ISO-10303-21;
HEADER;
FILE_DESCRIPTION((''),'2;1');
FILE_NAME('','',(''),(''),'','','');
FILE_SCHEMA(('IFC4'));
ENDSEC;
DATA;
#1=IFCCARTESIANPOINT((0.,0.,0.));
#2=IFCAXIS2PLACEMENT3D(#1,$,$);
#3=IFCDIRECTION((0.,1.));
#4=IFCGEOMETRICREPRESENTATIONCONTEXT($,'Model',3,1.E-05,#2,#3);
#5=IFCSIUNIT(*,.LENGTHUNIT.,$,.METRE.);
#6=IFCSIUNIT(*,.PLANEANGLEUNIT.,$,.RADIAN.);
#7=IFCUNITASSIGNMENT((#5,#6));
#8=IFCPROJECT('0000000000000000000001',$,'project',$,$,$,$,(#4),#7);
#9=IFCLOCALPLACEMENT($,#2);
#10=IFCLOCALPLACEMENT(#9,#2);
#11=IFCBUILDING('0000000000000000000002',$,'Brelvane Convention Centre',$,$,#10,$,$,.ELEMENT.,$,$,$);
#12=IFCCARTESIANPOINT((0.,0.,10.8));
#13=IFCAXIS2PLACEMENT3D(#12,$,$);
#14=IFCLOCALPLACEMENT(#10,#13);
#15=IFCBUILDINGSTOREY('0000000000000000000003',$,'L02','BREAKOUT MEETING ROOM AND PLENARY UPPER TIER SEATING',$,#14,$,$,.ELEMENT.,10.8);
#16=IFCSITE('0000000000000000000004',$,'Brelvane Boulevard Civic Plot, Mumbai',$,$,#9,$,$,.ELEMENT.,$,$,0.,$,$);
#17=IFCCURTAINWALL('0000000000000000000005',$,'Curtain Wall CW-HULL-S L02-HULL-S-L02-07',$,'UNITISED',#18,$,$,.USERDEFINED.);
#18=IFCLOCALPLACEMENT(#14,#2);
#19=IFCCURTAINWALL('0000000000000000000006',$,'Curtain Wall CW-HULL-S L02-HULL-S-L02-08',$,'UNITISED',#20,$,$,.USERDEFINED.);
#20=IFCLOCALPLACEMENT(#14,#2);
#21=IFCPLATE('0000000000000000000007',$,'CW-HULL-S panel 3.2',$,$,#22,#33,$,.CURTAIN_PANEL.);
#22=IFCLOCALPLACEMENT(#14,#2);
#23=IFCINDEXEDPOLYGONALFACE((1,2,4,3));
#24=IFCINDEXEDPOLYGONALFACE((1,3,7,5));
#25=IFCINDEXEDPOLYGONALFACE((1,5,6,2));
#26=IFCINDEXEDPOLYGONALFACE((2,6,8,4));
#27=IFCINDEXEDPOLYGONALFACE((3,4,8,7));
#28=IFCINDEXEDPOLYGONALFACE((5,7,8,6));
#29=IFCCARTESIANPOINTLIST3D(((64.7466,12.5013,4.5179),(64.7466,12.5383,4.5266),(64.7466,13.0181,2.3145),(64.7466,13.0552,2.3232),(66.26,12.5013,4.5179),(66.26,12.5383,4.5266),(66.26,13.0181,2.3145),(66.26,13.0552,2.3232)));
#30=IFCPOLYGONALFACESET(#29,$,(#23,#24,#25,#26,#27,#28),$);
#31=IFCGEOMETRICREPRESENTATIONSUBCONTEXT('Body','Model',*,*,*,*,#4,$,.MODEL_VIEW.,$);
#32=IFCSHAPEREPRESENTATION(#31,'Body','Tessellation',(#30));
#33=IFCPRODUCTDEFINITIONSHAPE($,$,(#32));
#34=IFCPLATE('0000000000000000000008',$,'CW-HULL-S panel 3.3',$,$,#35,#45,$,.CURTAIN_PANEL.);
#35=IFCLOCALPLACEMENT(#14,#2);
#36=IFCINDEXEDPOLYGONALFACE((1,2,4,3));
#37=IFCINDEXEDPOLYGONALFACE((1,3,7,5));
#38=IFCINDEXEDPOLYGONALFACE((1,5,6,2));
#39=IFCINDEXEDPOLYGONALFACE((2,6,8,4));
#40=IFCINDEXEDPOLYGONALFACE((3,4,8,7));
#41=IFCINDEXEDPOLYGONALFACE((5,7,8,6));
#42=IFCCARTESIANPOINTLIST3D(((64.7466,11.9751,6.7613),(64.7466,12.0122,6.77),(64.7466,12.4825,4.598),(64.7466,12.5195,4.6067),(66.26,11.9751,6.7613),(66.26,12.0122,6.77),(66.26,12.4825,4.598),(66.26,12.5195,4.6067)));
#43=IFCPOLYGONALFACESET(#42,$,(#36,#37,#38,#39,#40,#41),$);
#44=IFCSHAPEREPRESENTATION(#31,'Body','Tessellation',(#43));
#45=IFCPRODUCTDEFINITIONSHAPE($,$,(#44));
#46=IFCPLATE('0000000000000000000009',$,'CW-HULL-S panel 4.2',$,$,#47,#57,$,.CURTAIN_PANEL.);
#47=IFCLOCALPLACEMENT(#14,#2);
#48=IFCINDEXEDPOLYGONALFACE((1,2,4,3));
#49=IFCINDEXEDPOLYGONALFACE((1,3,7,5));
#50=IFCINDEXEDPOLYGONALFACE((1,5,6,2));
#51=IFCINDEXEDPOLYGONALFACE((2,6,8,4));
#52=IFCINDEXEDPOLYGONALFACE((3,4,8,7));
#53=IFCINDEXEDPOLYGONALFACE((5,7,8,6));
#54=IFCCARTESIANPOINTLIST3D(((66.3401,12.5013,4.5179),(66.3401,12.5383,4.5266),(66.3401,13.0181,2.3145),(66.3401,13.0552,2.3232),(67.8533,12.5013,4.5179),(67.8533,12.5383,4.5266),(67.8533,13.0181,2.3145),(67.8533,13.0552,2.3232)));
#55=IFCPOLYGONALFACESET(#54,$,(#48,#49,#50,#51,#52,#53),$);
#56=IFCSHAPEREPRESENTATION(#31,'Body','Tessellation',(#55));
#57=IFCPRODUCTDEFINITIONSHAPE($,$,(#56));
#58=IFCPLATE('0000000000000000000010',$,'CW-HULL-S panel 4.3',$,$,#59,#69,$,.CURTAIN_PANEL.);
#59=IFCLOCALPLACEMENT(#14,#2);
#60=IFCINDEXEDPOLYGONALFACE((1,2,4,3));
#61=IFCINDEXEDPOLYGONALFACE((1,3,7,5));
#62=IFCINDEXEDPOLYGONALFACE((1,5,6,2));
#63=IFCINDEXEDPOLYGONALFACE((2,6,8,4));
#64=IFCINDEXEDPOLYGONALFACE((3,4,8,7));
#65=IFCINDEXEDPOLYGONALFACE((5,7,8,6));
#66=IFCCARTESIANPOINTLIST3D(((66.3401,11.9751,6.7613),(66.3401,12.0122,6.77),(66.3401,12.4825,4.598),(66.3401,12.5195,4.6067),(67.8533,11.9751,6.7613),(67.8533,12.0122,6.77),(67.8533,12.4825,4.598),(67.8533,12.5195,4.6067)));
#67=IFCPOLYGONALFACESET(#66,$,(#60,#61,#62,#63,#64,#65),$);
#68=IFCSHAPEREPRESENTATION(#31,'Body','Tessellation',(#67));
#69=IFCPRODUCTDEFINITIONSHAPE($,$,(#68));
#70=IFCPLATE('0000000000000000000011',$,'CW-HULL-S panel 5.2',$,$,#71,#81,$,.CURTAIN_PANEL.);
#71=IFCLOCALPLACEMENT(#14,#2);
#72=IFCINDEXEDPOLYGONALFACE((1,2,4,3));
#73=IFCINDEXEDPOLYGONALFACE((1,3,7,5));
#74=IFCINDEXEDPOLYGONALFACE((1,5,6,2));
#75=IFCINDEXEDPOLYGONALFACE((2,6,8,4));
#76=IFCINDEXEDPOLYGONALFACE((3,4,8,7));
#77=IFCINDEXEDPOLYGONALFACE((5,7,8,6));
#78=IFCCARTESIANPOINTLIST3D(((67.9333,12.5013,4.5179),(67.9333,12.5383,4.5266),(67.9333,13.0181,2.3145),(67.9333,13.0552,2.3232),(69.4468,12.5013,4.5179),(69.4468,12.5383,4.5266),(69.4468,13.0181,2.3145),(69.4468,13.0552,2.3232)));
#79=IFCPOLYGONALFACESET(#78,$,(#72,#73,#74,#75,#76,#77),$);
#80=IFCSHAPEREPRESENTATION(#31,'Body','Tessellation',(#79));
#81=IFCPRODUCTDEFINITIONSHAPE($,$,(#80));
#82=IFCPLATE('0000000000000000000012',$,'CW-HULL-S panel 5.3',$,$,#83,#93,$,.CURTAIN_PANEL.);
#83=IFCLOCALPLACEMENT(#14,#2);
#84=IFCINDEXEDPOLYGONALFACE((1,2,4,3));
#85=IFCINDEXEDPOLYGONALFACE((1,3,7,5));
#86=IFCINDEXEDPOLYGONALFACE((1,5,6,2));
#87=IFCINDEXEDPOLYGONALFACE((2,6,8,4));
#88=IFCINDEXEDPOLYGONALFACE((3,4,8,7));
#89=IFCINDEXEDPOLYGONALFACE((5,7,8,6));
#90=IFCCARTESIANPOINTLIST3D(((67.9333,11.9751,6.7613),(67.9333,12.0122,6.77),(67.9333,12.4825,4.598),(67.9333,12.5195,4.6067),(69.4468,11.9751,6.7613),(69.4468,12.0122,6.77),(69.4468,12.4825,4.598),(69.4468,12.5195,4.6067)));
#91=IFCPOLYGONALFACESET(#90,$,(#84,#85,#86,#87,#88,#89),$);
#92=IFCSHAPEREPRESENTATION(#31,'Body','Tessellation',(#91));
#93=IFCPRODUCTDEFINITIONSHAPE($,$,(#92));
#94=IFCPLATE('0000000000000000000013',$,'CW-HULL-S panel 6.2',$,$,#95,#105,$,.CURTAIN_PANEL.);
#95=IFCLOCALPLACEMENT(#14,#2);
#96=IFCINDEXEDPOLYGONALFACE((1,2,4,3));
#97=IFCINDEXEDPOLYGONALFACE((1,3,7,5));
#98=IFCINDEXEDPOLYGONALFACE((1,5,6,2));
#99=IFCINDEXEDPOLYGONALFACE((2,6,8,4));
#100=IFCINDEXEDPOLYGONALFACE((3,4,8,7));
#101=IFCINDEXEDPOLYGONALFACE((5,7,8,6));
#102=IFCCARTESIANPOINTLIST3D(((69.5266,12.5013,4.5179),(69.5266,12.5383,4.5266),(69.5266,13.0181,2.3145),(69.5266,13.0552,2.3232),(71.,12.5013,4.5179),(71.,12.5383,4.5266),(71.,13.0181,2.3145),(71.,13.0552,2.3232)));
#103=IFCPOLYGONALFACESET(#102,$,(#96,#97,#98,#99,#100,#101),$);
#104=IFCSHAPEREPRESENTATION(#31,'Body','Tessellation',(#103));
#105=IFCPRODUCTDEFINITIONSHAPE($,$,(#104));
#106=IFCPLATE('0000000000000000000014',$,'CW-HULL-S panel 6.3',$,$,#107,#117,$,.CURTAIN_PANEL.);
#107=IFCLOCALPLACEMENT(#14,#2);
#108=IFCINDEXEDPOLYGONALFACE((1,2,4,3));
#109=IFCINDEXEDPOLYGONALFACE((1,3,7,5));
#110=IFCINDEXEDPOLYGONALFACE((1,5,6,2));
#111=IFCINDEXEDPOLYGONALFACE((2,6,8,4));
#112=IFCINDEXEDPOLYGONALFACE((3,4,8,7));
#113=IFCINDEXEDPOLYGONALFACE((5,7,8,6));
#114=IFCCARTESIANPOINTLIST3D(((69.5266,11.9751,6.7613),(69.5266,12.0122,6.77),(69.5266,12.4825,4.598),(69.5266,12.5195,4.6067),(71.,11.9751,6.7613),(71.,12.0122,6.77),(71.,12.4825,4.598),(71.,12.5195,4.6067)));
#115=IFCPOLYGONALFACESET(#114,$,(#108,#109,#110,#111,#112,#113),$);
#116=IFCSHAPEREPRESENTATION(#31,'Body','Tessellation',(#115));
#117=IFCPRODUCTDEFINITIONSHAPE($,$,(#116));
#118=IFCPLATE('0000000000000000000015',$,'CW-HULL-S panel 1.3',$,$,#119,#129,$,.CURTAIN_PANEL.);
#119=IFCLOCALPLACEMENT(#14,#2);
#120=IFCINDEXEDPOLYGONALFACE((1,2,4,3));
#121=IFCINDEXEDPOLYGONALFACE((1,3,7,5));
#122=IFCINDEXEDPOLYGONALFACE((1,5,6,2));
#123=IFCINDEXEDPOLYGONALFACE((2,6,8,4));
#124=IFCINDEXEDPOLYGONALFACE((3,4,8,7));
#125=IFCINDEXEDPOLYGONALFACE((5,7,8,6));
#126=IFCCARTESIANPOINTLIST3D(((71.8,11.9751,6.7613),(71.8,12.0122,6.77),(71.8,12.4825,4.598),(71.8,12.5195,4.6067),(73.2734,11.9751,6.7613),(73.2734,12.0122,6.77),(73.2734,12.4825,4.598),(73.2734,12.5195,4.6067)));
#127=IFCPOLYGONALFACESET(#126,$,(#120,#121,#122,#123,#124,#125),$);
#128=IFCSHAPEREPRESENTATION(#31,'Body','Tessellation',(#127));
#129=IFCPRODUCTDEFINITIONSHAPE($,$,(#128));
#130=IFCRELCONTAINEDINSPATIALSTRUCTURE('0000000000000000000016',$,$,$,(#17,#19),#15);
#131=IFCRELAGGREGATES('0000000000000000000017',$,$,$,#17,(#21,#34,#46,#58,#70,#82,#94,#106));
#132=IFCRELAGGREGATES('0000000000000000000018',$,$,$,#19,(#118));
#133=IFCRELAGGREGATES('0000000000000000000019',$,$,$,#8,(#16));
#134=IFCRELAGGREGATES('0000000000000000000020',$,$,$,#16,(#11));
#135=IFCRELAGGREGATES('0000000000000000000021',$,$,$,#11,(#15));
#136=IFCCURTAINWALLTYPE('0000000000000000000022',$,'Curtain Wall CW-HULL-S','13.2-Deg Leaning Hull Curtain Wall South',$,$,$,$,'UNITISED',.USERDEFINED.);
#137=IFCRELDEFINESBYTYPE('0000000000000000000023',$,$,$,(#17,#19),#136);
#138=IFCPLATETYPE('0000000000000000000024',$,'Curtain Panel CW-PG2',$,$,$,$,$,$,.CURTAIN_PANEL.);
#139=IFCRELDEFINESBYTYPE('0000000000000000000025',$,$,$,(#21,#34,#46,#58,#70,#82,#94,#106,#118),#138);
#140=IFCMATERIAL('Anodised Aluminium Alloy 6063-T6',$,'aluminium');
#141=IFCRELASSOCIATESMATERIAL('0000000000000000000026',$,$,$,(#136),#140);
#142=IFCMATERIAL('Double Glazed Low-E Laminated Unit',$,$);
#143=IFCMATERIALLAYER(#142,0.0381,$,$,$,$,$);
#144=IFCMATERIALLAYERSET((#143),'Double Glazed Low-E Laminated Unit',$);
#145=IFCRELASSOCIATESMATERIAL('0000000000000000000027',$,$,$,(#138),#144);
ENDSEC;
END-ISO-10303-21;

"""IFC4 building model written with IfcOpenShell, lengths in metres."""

from ifc_helpers import new_model, si_unit, direction, frame, origin, place, context, subcontext, project, spatial, polyline, outline, extrude, material, layer, layer_set, type_object, element, aggregate, save


model = new_model("IFC4")

# Units and contexts
model_context = context("Model", 3, precision=1e-05, world=origin(), true_north=direction((0.0, 1.0)))
body_context = subcontext(model_context, "Body", "Model", "MODEL_VIEW")
ifc_project = project(units=[si_unit("LENGTHUNIT", "METRE"), si_unit("PLANEANGLEUNIT", "RADIAN")], contexts=[model_context])

# Site, building, storey
site_placement = place(None, origin())
site = spatial("IfcSite", under=ifc_project, at=site_placement, Name="Brelvane Boulevard Civic Plot, Mumbai", CompositionType="ELEMENT", RefElevation=0.0)
building_placement = place(site_placement, origin())
building = spatial("IfcBuilding", under=site, at=building_placement, Name="Brelvane Convention Centre", CompositionType="ELEMENT")
storey_placement = place(building_placement, frame((0.0, 0.0, 10.8)))
storey = spatial("IfcBuildingStorey", under=building, at=storey_placement, Name="L02", Description="BREAKOUT MEETING ROOM AND PLENARY UPPER TIER SEATING", CompositionType="ELEMENT", Elevation=10.8)

# Curtain walls
ifc_material_1 = material(Name="Anodised Aluminium Alloy 6063-T6", Category="aluminium")
curtain_wall_type = type_object("IfcCurtainWallType", Name="Curtain Wall CW-HULL-S", Description="13.2-Deg Leaning Hull Curtain Wall South", ElementType="UNITISED", PredefinedType="USERDEFINED", material=ifc_material_1)
curtain_wall_1_placement = place(storey_placement, origin())
curtain_wall_1 = element("IfcCurtainWall", 1, at=curtain_wall_1_placement, inside=storey, type_object=curtain_wall_type, Name="Curtain Wall CW-HULL-S L02-HULL-S-L02-07", ObjectType="UNITISED", PredefinedType="USERDEFINED")
curtain_wall_2_placement = place(storey_placement, origin())
curtain_wall_2 = element("IfcCurtainWall", 2, at=curtain_wall_2_placement, inside=storey, type_object=curtain_wall_type, Name="Curtain Wall CW-HULL-S L02-HULL-S-L02-08", ObjectType="UNITISED", PredefinedType="USERDEFINED")

# Plates
ifc_material_2 = material(Name="Double Glazed Low-E Laminated Unit")
ifc_layer = layer(ifc_material_2, 0.0381)
ifc_layer_set = layer_set([ifc_layer], Name="Double Glazed Low-E Laminated Unit")
plate_type = type_object("IfcPlateType", Name="Curtain Panel CW-PG2", PredefinedType="CURTAIN_PANEL", material=ifc_layer_set)
plate_1_placement = place(storey_placement, frame((64.7466, 13.0552, 2.3232), z_axis=(0.0, 0.973574, 0.228372), x_axis=(1.0, 0.0, 0.0)))
plate_1 = element("IfcPlate", 3, at=plate_1_placement, type_object=plate_type, Name="CW-HULL-S panel 3.2", PredefinedType="CURTAIN_PANEL", context=body_context, shape_type="SweptSolid", body=[
    extrude(outline(polyline([(0.0, 0.0), (1.5134, 0.0), (1.5134, -2.2632), (0.0, -2.2632), (0.0, 0.0)])), origin(), (0.0, 0.0, -1.0), 0.0381),
])
plate_2_placement = place(storey_placement, frame((64.7466, 12.5195, 4.6067), z_axis=(0.0, 0.973587, 0.228317), x_axis=(1.0, 0.0, 0.0)))
plate_2 = element("IfcPlate", 4, at=plate_2_placement, type_object=plate_type, Name="CW-HULL-S panel 3.3", PredefinedType="CURTAIN_PANEL", context=body_context, shape_type="SweptSolid", body=[
    extrude(outline(polyline([(0.0, 0.0), (1.5134, 0.0), (1.5134, -2.222), (0.0, -2.222), (0.0, 0.0)])), origin(), (0.0, 0.0, -1.0), 0.0381),
])
plate_3_placement = place(storey_placement, frame((66.3401, 13.0552, 2.3232), z_axis=(0.0, 0.973574, 0.228372), x_axis=(1.0, 0.0, 0.0)))
plate_3 = element("IfcPlate", 5, at=plate_3_placement, type_object=plate_type, Name="CW-HULL-S panel 4.2", PredefinedType="CURTAIN_PANEL", context=body_context, shape_type="SweptSolid", body=[
    extrude(outline(polyline([(0.0, 0.0), (1.5132, 0.0), (1.5132, -2.2632), (0.0, -2.2632), (0.0, 0.0)])), origin(), (0.0, 0.0, -1.0), 0.0381),
])
plate_4_placement = place(storey_placement, frame((66.3401, 12.5195, 4.6067), z_axis=(0.0, 0.973587, 0.228317), x_axis=(1.0, 0.0, 0.0)))
plate_4 = element("IfcPlate", 6, at=plate_4_placement, type_object=plate_type, Name="CW-HULL-S panel 4.3", PredefinedType="CURTAIN_PANEL", context=body_context, shape_type="SweptSolid", body=[
    extrude(outline(polyline([(0.0, 0.0), (1.5132, 0.0), (1.5132, -2.222), (0.0, -2.222), (0.0, 0.0)])), origin(), (0.0, 0.0, -1.0), 0.0381),
])
plate_5_placement = place(storey_placement, frame((67.9333, 13.0552, 2.3232), z_axis=(0.0, 0.973574, 0.228372), x_axis=(1.0, 0.0, 0.0)))
plate_5 = element("IfcPlate", 7, at=plate_5_placement, type_object=plate_type, Name="CW-HULL-S panel 5.2", PredefinedType="CURTAIN_PANEL", context=body_context, shape_type="SweptSolid", body=[
    extrude(outline(polyline([(0.0, 0.0), (1.5134, 0.0), (1.5134, -2.2632), (0.0, -2.2632), (0.0, 0.0)])), origin(), (0.0, 0.0, -1.0), 0.0381),
])
plate_6_placement = place(storey_placement, frame((67.9333, 12.5195, 4.6067), z_axis=(0.0, 0.973587, 0.228317), x_axis=(1.0, 0.0, 0.0)))
plate_6 = element("IfcPlate", 8, at=plate_6_placement, type_object=plate_type, Name="CW-HULL-S panel 5.3", PredefinedType="CURTAIN_PANEL", context=body_context, shape_type="SweptSolid", body=[
    extrude(outline(polyline([(0.0, 0.0), (1.5134, 0.0), (1.5134, -2.222), (0.0, -2.222), (0.0, 0.0)])), origin(), (0.0, 0.0, -1.0), 0.0381),
])
plate_7_placement = place(storey_placement, frame((69.5266, 13.0552, 2.3232), z_axis=(0.0, 0.973574, 0.228372), x_axis=(1.0, 0.0, 0.0)))
plate_7 = element("IfcPlate", 9, at=plate_7_placement, type_object=plate_type, Name="CW-HULL-S panel 6.2", PredefinedType="CURTAIN_PANEL", context=body_context, shape_type="SweptSolid", body=[
    extrude(outline(polyline([(0.0, 0.0), (1.4734, 0.0), (1.4734, -2.2632), (0.0, -2.2632), (0.0, 0.0)])), origin(), (0.0, 0.0, -1.0), 0.0381),
])
plate_8_placement = place(storey_placement, frame((69.5266, 12.5195, 4.6067), z_axis=(0.0, 0.973587, 0.228317), x_axis=(1.0, 0.0, 0.0)))
plate_8 = element("IfcPlate", 10, at=plate_8_placement, type_object=plate_type, Name="CW-HULL-S panel 6.3", PredefinedType="CURTAIN_PANEL", context=body_context, shape_type="SweptSolid", body=[
    extrude(outline(polyline([(0.0, 0.0), (1.4734, 0.0), (1.4734, -2.222), (0.0, -2.222), (0.0, 0.0)])), origin(), (0.0, 0.0, -1.0), 0.0381),
])
aggregate(curtain_wall_1, [plate_1, plate_2, plate_3, plate_4, plate_5, plate_6, plate_7, plate_8])
plate_9_placement = place(storey_placement, frame((71.8, 12.5195, 4.6067), z_axis=(0.0, 0.973587, 0.228317), x_axis=(1.0, 0.0, 0.0)))
plate_9 = element("IfcPlate", 11, at=plate_9_placement, type_object=plate_type, Name="CW-HULL-S panel 1.3", PredefinedType="CURTAIN_PANEL", context=body_context, shape_type="SweptSolid", body=[
    extrude(outline(polyline([(0.0, 0.0), (1.4734, 0.0), (1.4734, -2.222), (0.0, -2.222), (0.0, 0.0)])), origin(), (0.0, 0.0, -1.0), 0.0381),
])
aggregate(curtain_wall_2, [plate_9])

save(model, "model.ifc")
